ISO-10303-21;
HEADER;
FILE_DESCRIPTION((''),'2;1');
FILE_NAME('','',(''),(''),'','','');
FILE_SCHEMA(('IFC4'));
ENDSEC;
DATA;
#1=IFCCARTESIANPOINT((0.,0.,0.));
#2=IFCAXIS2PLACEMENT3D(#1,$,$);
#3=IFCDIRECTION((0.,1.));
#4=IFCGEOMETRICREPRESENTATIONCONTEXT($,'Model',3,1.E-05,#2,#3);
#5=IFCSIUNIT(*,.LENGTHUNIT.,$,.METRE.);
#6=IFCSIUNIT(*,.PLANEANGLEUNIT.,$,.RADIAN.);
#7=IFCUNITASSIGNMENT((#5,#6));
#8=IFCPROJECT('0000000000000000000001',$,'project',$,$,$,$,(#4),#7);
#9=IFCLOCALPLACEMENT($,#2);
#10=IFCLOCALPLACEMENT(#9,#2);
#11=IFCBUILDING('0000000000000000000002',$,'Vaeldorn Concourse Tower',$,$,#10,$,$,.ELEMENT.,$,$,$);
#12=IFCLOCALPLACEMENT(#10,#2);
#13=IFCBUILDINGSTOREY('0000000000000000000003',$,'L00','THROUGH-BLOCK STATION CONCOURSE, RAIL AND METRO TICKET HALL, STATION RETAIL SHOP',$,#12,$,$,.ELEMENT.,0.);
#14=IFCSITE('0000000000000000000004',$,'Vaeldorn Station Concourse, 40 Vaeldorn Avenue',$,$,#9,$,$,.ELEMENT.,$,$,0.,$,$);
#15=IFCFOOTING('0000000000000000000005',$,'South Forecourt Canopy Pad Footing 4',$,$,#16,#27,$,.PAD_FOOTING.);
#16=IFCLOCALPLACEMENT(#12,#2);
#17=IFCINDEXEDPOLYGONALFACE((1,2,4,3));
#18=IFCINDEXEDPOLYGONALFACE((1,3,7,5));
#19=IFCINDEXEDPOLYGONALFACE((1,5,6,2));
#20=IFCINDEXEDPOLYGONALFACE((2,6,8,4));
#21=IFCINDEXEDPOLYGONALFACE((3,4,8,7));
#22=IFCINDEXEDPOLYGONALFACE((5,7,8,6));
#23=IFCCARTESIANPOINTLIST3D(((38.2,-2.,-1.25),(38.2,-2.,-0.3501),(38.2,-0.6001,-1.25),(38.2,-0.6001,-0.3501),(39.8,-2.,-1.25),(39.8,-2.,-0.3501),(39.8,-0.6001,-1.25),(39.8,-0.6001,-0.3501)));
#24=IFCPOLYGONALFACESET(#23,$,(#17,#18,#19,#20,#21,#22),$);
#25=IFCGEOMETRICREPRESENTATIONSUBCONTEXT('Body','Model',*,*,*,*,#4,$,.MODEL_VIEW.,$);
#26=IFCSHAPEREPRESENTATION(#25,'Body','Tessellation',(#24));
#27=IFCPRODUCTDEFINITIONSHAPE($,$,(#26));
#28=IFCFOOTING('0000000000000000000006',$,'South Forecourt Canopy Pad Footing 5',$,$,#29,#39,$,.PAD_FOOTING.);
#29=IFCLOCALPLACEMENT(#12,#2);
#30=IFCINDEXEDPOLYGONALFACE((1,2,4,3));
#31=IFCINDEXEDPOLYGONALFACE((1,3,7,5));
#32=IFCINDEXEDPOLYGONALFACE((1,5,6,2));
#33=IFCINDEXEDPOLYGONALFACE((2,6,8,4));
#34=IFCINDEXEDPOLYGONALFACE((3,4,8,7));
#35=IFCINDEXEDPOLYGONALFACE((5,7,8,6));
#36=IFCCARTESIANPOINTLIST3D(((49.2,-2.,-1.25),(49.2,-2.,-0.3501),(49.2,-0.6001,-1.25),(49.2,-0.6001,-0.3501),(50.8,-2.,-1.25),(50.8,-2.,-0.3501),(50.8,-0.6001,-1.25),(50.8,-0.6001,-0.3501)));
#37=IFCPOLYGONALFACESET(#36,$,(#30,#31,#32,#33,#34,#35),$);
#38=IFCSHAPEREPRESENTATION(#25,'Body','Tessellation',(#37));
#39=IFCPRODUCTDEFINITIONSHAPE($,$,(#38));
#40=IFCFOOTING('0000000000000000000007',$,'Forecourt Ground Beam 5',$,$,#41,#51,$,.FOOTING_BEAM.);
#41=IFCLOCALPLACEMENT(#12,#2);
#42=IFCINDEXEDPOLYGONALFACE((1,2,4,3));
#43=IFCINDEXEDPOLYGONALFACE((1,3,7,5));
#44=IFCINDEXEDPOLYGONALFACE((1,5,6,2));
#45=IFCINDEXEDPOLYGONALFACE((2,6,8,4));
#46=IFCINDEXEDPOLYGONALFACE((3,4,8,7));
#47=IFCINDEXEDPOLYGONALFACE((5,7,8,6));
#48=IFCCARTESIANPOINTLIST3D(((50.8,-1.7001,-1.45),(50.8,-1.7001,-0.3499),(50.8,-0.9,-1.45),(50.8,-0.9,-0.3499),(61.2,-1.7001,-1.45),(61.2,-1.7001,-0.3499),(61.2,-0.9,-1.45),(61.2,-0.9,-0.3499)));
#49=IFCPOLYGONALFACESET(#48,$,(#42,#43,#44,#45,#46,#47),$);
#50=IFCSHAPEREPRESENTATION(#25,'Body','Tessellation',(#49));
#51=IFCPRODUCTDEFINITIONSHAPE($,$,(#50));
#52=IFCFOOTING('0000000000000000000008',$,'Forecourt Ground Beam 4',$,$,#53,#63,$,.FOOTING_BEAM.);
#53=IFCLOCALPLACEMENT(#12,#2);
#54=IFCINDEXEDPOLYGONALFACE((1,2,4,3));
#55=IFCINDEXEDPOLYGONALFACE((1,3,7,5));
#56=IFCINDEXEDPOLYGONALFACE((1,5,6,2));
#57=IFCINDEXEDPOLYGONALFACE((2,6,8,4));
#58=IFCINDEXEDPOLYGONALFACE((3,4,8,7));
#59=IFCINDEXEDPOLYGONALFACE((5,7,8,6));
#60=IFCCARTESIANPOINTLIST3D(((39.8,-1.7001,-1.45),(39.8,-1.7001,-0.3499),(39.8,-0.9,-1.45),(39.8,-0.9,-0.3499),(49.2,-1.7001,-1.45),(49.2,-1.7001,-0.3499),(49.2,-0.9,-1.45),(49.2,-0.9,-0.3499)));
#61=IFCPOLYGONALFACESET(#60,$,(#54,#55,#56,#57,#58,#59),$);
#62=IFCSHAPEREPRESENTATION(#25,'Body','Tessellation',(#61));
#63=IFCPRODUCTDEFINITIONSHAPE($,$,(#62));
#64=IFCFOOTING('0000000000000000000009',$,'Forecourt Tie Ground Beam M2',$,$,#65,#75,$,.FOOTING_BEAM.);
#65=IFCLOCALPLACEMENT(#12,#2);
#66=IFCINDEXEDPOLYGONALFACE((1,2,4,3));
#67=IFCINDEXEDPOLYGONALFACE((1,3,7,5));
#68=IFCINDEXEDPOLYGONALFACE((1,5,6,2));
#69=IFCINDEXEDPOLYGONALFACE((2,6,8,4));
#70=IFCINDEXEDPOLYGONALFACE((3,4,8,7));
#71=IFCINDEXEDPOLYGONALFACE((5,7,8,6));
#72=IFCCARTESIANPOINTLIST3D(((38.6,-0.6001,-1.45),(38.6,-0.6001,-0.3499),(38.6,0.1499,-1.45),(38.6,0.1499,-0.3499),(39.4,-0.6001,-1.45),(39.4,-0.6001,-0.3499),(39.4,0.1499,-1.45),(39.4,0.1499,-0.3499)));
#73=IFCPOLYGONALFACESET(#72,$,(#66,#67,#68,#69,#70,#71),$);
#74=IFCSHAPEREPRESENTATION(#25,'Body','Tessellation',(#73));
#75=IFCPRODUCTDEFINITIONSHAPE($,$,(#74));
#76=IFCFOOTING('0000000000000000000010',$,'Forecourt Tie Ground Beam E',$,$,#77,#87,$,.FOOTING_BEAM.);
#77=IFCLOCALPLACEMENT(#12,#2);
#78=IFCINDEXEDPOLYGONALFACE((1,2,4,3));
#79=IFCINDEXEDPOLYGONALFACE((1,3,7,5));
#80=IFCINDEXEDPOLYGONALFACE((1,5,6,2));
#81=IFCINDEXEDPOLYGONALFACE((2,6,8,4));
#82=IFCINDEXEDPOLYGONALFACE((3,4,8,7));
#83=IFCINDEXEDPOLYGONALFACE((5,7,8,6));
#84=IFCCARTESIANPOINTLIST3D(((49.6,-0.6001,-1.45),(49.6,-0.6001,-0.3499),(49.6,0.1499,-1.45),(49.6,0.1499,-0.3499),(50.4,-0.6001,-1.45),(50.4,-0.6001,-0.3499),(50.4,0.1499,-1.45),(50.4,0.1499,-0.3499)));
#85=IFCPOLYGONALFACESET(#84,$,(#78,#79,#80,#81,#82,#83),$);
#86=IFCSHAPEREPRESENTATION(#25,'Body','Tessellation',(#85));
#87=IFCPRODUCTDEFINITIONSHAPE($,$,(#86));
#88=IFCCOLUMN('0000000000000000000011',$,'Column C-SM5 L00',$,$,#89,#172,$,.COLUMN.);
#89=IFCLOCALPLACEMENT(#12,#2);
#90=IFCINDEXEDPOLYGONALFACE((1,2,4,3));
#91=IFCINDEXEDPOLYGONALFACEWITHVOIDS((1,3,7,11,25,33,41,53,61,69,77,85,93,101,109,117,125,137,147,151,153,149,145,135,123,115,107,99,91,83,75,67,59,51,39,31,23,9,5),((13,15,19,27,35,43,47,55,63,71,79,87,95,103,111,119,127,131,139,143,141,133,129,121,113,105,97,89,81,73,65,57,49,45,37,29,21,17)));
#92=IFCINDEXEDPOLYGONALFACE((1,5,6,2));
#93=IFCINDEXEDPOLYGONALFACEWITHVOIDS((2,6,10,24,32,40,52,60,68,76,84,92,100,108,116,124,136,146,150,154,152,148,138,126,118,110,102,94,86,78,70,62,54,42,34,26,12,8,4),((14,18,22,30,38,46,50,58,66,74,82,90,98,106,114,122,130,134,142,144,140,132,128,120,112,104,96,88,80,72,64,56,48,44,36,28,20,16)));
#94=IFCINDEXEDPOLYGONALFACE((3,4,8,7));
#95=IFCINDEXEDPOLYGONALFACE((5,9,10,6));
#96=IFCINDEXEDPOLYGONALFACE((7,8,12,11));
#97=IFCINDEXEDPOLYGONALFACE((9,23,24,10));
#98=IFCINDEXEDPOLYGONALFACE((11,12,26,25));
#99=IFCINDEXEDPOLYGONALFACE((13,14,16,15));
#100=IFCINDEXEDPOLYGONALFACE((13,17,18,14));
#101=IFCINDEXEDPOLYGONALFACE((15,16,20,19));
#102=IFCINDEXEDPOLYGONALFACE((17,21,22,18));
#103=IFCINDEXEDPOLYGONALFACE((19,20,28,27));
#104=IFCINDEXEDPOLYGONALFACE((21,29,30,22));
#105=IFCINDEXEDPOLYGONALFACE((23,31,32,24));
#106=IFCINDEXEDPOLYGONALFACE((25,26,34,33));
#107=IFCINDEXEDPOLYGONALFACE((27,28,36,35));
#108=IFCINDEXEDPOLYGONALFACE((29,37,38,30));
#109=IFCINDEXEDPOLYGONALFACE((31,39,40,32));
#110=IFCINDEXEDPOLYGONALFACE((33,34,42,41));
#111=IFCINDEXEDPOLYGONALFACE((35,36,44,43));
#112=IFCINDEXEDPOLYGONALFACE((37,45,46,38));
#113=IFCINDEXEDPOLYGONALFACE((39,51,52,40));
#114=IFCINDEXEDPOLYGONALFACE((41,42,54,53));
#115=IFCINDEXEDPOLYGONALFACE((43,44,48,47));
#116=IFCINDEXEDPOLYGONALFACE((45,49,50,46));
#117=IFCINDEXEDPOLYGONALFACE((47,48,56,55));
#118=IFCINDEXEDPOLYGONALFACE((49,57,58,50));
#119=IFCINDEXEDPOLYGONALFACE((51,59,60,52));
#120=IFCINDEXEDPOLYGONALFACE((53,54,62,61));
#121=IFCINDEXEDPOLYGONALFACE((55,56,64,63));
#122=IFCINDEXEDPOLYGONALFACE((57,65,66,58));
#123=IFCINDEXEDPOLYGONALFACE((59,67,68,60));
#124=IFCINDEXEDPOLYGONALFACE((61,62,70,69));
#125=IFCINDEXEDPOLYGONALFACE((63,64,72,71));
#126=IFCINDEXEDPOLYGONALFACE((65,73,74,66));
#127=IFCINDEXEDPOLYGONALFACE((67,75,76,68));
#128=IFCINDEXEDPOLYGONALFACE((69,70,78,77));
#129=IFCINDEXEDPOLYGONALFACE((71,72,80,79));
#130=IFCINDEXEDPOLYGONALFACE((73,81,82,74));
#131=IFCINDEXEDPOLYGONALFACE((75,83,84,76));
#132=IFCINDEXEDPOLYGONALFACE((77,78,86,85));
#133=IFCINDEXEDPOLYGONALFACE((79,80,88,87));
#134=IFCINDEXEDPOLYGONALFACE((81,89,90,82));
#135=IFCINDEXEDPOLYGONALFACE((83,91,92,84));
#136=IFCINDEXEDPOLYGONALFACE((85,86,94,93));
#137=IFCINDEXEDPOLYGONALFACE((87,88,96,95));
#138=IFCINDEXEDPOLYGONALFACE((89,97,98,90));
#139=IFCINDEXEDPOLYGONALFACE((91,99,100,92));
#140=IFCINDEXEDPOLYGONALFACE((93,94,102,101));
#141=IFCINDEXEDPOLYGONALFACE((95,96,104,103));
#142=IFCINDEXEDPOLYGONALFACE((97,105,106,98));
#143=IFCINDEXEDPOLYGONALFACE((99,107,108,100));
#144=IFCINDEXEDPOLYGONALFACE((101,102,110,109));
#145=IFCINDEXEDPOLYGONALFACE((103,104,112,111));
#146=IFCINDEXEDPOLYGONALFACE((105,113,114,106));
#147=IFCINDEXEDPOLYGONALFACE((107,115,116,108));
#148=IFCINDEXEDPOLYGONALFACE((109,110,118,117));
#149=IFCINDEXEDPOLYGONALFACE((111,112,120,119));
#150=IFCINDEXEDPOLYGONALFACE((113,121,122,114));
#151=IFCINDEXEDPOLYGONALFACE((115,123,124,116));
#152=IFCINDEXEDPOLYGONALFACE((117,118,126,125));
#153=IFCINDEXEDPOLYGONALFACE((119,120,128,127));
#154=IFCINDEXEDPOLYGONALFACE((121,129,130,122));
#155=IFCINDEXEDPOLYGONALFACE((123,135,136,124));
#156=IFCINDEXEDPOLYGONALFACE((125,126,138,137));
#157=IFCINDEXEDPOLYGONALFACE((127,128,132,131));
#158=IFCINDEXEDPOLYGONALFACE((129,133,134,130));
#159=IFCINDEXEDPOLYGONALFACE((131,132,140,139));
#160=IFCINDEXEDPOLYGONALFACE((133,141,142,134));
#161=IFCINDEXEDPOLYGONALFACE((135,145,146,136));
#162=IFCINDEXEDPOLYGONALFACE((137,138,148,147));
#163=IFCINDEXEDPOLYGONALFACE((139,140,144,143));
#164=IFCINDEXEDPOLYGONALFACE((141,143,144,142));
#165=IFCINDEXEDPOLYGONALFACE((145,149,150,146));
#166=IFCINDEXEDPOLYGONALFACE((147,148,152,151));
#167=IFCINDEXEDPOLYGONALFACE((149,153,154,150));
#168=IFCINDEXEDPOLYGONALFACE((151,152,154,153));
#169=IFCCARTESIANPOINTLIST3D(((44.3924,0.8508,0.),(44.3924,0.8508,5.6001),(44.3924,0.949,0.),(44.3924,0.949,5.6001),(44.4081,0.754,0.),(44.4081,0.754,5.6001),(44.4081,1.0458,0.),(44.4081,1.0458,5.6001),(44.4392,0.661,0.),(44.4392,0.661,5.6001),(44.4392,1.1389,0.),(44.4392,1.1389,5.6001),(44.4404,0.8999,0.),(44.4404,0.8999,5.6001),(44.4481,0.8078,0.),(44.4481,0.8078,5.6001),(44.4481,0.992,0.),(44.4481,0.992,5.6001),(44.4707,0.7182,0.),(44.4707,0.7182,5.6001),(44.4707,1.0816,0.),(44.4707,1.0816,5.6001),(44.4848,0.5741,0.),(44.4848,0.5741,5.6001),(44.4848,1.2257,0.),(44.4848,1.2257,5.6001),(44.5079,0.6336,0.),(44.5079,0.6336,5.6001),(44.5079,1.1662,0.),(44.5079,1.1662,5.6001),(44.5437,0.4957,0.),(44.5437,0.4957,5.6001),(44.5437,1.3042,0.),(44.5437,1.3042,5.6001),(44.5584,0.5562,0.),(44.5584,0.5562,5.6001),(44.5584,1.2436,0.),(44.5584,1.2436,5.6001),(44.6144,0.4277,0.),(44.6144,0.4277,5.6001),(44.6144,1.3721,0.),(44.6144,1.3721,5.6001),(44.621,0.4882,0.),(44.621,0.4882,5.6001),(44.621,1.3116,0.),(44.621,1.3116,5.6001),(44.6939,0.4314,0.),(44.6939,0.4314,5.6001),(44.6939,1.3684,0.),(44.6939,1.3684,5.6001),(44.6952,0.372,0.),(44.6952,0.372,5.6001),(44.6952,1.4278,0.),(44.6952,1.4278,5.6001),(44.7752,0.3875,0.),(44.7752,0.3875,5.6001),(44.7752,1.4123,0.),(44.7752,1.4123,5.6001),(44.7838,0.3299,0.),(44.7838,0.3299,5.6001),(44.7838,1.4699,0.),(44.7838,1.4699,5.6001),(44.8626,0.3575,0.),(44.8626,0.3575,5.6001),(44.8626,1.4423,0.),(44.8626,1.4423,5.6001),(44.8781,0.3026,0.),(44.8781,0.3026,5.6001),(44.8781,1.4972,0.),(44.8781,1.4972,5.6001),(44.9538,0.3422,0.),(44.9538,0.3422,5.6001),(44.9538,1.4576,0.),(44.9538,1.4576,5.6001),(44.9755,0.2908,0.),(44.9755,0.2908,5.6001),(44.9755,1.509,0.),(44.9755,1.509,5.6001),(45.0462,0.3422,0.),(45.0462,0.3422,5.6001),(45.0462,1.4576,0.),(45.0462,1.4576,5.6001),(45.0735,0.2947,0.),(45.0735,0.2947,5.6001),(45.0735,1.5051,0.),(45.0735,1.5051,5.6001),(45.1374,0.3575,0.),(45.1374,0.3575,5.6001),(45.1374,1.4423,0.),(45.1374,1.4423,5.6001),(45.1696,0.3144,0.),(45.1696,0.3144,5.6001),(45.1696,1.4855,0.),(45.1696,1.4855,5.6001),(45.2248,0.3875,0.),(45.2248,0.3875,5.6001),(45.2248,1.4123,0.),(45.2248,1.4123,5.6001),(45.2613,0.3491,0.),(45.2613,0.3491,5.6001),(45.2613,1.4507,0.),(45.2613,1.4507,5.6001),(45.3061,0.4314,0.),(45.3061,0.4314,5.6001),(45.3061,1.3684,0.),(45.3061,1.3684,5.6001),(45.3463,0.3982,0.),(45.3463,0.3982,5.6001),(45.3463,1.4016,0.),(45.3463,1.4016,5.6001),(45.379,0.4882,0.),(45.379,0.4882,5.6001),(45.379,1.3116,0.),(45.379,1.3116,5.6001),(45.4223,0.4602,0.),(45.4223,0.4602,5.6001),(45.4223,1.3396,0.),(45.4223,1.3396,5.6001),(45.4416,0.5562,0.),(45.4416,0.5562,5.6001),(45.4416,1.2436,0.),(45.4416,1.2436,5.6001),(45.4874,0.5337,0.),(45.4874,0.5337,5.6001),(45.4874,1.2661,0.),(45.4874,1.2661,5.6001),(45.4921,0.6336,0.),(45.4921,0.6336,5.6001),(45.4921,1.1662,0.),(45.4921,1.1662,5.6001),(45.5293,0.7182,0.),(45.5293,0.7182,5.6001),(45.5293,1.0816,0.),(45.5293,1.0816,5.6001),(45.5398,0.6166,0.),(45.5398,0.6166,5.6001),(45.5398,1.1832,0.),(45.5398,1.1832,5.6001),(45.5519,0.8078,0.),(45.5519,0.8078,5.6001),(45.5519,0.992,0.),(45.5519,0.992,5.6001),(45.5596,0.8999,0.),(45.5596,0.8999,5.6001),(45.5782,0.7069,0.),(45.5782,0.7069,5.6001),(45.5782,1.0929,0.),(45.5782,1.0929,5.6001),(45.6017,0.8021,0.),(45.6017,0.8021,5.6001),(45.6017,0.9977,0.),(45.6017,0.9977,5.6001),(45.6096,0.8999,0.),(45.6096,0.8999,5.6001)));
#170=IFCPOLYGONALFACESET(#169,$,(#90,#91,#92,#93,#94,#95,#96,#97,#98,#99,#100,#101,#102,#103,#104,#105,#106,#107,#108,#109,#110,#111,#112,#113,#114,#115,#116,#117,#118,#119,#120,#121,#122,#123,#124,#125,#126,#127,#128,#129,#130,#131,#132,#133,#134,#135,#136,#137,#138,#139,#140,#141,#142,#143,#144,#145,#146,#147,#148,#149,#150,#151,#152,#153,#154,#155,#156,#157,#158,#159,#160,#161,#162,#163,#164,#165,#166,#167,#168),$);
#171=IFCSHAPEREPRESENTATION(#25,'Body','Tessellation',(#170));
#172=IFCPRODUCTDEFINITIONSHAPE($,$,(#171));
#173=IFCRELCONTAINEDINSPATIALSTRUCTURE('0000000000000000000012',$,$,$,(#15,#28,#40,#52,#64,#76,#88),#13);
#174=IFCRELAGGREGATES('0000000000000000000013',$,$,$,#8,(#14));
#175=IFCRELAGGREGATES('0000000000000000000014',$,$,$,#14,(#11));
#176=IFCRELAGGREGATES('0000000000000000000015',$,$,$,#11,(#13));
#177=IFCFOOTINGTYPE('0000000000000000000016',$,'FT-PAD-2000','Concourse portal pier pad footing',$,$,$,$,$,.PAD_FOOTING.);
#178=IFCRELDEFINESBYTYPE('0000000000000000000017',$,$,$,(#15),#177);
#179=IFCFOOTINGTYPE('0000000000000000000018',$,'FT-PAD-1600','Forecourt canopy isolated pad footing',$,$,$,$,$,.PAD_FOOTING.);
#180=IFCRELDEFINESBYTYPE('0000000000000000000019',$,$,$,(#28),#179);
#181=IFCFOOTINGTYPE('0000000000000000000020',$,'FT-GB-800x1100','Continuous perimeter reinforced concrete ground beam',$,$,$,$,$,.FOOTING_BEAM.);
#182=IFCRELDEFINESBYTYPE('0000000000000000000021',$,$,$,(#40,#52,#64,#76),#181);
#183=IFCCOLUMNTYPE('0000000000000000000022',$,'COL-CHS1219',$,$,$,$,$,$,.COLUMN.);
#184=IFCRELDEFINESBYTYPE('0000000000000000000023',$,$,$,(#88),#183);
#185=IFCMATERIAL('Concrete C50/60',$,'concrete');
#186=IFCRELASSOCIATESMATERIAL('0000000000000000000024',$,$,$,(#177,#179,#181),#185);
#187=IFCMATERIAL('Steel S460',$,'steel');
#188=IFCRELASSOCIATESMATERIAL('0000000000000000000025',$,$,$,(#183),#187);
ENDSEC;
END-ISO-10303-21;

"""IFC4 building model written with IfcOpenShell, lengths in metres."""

from ifc_helpers import new_model, si_unit, direction, frame, origin, origin_2d, place, context, subcontext, project, spatial, rectangle, hollow_circle, extrude, source, transform, mapped, material, material_profile, profile_set, type_object, element, save


model = new_model("IFC4")

# Units and contexts
model_context = context("Model", 3, precision=1e-05, world=origin(), true_north=direction((0.0, 1.0)))
body_context = subcontext(model_context, "Body", "Model", "MODEL_VIEW")
ifc_project = project(units=[si_unit("LENGTHUNIT", "METRE"), si_unit("PLANEANGLEUNIT", "RADIAN")], contexts=[model_context])

# Site, building, storey
site_placement = place(None, origin())
site = spatial("IfcSite", under=ifc_project, at=site_placement, Name="Vaeldorn Station Concourse, 40 Vaeldorn Avenue", CompositionType="ELEMENT", RefElevation=0.0)
building_placement = place(site_placement, origin())
building = spatial("IfcBuilding", under=site, at=building_placement, Name="Vaeldorn Concourse Tower", CompositionType="ELEMENT")
storey_placement = place(building_placement, origin())
storey = spatial("IfcBuildingStorey", under=building, at=storey_placement, Name="L00", Description="THROUGH-BLOCK STATION CONCOURSE, RAIL AND METRO TICKET HALL, STATION RETAIL SHOP", CompositionType="ELEMENT", Elevation=0.0)

# Footings
ifc_material_1 = material(Name="Concrete C50/60", Category="concrete")
footing_type_1 = type_object("IfcFootingType", Name="FT-PAD-2000", Description="Concourse portal pier pad footing", PredefinedType="PAD_FOOTING", material=ifc_material_1)
shared_shape_1 = source(origin(), body_context, "Body", "SweptSolid", [
    extrude(rectangle(XDim=1.6001, YDim=1.3999, at=origin_2d()), origin(), (0.0, 0.0, 1.0), 0.8999),
])
footing_1_placement = place(storey_placement, frame((39.0, -1.3, -1.25), z_axis=(0.0, 0.0, 1.0), x_axis=(1.0, 0.0, 0.0)))
element("IfcFooting", 1, at=footing_1_placement, inside=storey, type_object=footing_type_1, Name="South Forecourt Canopy Pad Footing 4", PredefinedType="PAD_FOOTING", context=body_context, shape_type="MappedRepresentation", body=[
    mapped(shared_shape_1, transform((0.0, 0.0, 0.0), scale=1.0)),
])
footing_type_2 = type_object("IfcFootingType", Name="FT-PAD-1600", Description="Forecourt canopy isolated pad footing", PredefinedType="PAD_FOOTING", material=ifc_material_1)
footing_2_placement = place(storey_placement, frame((50.0, -1.3, -1.25), z_axis=(0.0, 0.0, 1.0), x_axis=(1.0, 0.0, 0.0)))
element("IfcFooting", 2, at=footing_2_placement, inside=storey, type_object=footing_type_2, Name="South Forecourt Canopy Pad Footing 5", PredefinedType="PAD_FOOTING", context=body_context, shape_type="MappedRepresentation", body=[
    mapped(shared_shape_1, transform((0.0, 0.0, 0.0), scale=1.0)),
])
ifc_material_profile_1 = material_profile(ifc_material_1, rectangle(XDim=0.8, YDim=1.1001, at=origin_2d()), Name="RC 800x1100")
ifc_profile_set_1 = profile_set([ifc_material_profile_1], Name="Concrete C50/60")
footing_type_3 = type_object("IfcFootingType", Name="FT-GB-800x1100", Description="Continuous perimeter reinforced concrete ground beam", PredefinedType="FOOTING_BEAM", material=ifc_profile_set_1)
shared_shape_2 = source(origin(), body_context, "Body", "SweptSolid", [
    extrude(rectangle(XDim=0.8, YDim=1.1001, at=origin_2d()), origin(), (0.0, 0.0, 1.0), 10.3999),
])
footing_3_placement = place(storey_placement, frame((50.8, -1.3, -0.8999), z_axis=(1.0, 0.0, 0.0), x_axis=(0.0, 1.0, 0.0)))
element("IfcFooting", 3, at=footing_3_placement, inside=storey, type_object=footing_type_3, Name="Forecourt Ground Beam 5", PredefinedType="FOOTING_BEAM", context=body_context, shape_type="MappedRepresentation", body=[
    mapped(shared_shape_2, transform((0.0, 0.0, 0.0), scale=1.0)),
])
shared_shape_3 = source(origin(), body_context, "Body", "SweptSolid", [
    extrude(rectangle(XDim=0.8, YDim=1.1001, at=origin_2d()), origin(), (0.0, 0.0, 1.0), 9.3999),
])
footing_4_placement = place(storey_placement, frame((39.8, -1.3, -0.8999), z_axis=(1.0, 0.0, 0.0), x_axis=(0.0, 1.0, 0.0)))
element("IfcFooting", 4, at=footing_4_placement, inside=storey, type_object=footing_type_3, Name="Forecourt Ground Beam 4", PredefinedType="FOOTING_BEAM", context=body_context, shape_type="MappedRepresentation", body=[
    mapped(shared_shape_3, transform((0.0, 0.0, 0.0), scale=1.0)),
])
shared_shape_4 = source(origin(), body_context, "Body", "SweptSolid", [
    extrude(rectangle(XDim=0.8, YDim=1.1001, at=origin_2d()), origin(), (0.0, 0.0, 1.0), 0.75),
])
for number, where, z_axis, x_axis, name in (
    (5, (39.0, -0.6001, -0.8999), (0.0, 1.0, 0.0), (-1.0, 0.0, 0.0), "Forecourt Tie Ground Beam M2"),
    (6, (50.0, -0.6001, -0.8999), (0.0, 1.0, 0.0), (-1.0, 0.0, 0.0), "Forecourt Tie Ground Beam E"),
):
    element("IfcFooting", number, at=place(storey_placement, frame(where, z_axis=z_axis, x_axis=x_axis)), inside=storey, type_object=footing_type_3, Name=name, PredefinedType="FOOTING_BEAM", context=body_context, shape_type="MappedRepresentation", body=[
        mapped(shared_shape_4, transform((0.0, 0.0, 0.0), scale=1.0)),
    ])

# Column
ifc_material_2 = material(Name="Steel S460", Category="steel")
ifc_material_profile_2 = material_profile(ifc_material_2, hollow_circle(Radius=0.6096, WallThickness=0.05, at=origin_2d()), Name="CHS 1219x50")
ifc_profile_set_2 = profile_set([ifc_material_profile_2], Name="Steel S460")
column_type_1 = type_object("IfcColumnType", Name="COL-CHS1219", PredefinedType="COLUMN", material=ifc_profile_set_2)
shared_shape_5 = source(origin(), body_context, "Body", "SweptSolid", [
    extrude(hollow_circle(Radius=0.6096, WallThickness=0.05, at=origin_2d()), origin(), (0.0, 0.0, 1.0), 5.6001),
])
for number, where, z_axis, x_axis, name in (
    (7, (45.0, 0.8999, 0.0), (0.0, 0.0, 1.0), (1.0, 0.0, 0.0), "Column C-SM5 L00"),
):
    element("IfcColumn", number, at=place(storey_placement, frame(where, z_axis=z_axis, x_axis=x_axis)), inside=storey, type_object=column_type_1, Name=name, PredefinedType="COLUMN", context=body_context, shape_type="MappedRepresentation", body=[
        mapped(shared_shape_5, transform((0.0, 0.0, 0.0), scale=1.0)),
    ])

save(model, "model.ifc")
